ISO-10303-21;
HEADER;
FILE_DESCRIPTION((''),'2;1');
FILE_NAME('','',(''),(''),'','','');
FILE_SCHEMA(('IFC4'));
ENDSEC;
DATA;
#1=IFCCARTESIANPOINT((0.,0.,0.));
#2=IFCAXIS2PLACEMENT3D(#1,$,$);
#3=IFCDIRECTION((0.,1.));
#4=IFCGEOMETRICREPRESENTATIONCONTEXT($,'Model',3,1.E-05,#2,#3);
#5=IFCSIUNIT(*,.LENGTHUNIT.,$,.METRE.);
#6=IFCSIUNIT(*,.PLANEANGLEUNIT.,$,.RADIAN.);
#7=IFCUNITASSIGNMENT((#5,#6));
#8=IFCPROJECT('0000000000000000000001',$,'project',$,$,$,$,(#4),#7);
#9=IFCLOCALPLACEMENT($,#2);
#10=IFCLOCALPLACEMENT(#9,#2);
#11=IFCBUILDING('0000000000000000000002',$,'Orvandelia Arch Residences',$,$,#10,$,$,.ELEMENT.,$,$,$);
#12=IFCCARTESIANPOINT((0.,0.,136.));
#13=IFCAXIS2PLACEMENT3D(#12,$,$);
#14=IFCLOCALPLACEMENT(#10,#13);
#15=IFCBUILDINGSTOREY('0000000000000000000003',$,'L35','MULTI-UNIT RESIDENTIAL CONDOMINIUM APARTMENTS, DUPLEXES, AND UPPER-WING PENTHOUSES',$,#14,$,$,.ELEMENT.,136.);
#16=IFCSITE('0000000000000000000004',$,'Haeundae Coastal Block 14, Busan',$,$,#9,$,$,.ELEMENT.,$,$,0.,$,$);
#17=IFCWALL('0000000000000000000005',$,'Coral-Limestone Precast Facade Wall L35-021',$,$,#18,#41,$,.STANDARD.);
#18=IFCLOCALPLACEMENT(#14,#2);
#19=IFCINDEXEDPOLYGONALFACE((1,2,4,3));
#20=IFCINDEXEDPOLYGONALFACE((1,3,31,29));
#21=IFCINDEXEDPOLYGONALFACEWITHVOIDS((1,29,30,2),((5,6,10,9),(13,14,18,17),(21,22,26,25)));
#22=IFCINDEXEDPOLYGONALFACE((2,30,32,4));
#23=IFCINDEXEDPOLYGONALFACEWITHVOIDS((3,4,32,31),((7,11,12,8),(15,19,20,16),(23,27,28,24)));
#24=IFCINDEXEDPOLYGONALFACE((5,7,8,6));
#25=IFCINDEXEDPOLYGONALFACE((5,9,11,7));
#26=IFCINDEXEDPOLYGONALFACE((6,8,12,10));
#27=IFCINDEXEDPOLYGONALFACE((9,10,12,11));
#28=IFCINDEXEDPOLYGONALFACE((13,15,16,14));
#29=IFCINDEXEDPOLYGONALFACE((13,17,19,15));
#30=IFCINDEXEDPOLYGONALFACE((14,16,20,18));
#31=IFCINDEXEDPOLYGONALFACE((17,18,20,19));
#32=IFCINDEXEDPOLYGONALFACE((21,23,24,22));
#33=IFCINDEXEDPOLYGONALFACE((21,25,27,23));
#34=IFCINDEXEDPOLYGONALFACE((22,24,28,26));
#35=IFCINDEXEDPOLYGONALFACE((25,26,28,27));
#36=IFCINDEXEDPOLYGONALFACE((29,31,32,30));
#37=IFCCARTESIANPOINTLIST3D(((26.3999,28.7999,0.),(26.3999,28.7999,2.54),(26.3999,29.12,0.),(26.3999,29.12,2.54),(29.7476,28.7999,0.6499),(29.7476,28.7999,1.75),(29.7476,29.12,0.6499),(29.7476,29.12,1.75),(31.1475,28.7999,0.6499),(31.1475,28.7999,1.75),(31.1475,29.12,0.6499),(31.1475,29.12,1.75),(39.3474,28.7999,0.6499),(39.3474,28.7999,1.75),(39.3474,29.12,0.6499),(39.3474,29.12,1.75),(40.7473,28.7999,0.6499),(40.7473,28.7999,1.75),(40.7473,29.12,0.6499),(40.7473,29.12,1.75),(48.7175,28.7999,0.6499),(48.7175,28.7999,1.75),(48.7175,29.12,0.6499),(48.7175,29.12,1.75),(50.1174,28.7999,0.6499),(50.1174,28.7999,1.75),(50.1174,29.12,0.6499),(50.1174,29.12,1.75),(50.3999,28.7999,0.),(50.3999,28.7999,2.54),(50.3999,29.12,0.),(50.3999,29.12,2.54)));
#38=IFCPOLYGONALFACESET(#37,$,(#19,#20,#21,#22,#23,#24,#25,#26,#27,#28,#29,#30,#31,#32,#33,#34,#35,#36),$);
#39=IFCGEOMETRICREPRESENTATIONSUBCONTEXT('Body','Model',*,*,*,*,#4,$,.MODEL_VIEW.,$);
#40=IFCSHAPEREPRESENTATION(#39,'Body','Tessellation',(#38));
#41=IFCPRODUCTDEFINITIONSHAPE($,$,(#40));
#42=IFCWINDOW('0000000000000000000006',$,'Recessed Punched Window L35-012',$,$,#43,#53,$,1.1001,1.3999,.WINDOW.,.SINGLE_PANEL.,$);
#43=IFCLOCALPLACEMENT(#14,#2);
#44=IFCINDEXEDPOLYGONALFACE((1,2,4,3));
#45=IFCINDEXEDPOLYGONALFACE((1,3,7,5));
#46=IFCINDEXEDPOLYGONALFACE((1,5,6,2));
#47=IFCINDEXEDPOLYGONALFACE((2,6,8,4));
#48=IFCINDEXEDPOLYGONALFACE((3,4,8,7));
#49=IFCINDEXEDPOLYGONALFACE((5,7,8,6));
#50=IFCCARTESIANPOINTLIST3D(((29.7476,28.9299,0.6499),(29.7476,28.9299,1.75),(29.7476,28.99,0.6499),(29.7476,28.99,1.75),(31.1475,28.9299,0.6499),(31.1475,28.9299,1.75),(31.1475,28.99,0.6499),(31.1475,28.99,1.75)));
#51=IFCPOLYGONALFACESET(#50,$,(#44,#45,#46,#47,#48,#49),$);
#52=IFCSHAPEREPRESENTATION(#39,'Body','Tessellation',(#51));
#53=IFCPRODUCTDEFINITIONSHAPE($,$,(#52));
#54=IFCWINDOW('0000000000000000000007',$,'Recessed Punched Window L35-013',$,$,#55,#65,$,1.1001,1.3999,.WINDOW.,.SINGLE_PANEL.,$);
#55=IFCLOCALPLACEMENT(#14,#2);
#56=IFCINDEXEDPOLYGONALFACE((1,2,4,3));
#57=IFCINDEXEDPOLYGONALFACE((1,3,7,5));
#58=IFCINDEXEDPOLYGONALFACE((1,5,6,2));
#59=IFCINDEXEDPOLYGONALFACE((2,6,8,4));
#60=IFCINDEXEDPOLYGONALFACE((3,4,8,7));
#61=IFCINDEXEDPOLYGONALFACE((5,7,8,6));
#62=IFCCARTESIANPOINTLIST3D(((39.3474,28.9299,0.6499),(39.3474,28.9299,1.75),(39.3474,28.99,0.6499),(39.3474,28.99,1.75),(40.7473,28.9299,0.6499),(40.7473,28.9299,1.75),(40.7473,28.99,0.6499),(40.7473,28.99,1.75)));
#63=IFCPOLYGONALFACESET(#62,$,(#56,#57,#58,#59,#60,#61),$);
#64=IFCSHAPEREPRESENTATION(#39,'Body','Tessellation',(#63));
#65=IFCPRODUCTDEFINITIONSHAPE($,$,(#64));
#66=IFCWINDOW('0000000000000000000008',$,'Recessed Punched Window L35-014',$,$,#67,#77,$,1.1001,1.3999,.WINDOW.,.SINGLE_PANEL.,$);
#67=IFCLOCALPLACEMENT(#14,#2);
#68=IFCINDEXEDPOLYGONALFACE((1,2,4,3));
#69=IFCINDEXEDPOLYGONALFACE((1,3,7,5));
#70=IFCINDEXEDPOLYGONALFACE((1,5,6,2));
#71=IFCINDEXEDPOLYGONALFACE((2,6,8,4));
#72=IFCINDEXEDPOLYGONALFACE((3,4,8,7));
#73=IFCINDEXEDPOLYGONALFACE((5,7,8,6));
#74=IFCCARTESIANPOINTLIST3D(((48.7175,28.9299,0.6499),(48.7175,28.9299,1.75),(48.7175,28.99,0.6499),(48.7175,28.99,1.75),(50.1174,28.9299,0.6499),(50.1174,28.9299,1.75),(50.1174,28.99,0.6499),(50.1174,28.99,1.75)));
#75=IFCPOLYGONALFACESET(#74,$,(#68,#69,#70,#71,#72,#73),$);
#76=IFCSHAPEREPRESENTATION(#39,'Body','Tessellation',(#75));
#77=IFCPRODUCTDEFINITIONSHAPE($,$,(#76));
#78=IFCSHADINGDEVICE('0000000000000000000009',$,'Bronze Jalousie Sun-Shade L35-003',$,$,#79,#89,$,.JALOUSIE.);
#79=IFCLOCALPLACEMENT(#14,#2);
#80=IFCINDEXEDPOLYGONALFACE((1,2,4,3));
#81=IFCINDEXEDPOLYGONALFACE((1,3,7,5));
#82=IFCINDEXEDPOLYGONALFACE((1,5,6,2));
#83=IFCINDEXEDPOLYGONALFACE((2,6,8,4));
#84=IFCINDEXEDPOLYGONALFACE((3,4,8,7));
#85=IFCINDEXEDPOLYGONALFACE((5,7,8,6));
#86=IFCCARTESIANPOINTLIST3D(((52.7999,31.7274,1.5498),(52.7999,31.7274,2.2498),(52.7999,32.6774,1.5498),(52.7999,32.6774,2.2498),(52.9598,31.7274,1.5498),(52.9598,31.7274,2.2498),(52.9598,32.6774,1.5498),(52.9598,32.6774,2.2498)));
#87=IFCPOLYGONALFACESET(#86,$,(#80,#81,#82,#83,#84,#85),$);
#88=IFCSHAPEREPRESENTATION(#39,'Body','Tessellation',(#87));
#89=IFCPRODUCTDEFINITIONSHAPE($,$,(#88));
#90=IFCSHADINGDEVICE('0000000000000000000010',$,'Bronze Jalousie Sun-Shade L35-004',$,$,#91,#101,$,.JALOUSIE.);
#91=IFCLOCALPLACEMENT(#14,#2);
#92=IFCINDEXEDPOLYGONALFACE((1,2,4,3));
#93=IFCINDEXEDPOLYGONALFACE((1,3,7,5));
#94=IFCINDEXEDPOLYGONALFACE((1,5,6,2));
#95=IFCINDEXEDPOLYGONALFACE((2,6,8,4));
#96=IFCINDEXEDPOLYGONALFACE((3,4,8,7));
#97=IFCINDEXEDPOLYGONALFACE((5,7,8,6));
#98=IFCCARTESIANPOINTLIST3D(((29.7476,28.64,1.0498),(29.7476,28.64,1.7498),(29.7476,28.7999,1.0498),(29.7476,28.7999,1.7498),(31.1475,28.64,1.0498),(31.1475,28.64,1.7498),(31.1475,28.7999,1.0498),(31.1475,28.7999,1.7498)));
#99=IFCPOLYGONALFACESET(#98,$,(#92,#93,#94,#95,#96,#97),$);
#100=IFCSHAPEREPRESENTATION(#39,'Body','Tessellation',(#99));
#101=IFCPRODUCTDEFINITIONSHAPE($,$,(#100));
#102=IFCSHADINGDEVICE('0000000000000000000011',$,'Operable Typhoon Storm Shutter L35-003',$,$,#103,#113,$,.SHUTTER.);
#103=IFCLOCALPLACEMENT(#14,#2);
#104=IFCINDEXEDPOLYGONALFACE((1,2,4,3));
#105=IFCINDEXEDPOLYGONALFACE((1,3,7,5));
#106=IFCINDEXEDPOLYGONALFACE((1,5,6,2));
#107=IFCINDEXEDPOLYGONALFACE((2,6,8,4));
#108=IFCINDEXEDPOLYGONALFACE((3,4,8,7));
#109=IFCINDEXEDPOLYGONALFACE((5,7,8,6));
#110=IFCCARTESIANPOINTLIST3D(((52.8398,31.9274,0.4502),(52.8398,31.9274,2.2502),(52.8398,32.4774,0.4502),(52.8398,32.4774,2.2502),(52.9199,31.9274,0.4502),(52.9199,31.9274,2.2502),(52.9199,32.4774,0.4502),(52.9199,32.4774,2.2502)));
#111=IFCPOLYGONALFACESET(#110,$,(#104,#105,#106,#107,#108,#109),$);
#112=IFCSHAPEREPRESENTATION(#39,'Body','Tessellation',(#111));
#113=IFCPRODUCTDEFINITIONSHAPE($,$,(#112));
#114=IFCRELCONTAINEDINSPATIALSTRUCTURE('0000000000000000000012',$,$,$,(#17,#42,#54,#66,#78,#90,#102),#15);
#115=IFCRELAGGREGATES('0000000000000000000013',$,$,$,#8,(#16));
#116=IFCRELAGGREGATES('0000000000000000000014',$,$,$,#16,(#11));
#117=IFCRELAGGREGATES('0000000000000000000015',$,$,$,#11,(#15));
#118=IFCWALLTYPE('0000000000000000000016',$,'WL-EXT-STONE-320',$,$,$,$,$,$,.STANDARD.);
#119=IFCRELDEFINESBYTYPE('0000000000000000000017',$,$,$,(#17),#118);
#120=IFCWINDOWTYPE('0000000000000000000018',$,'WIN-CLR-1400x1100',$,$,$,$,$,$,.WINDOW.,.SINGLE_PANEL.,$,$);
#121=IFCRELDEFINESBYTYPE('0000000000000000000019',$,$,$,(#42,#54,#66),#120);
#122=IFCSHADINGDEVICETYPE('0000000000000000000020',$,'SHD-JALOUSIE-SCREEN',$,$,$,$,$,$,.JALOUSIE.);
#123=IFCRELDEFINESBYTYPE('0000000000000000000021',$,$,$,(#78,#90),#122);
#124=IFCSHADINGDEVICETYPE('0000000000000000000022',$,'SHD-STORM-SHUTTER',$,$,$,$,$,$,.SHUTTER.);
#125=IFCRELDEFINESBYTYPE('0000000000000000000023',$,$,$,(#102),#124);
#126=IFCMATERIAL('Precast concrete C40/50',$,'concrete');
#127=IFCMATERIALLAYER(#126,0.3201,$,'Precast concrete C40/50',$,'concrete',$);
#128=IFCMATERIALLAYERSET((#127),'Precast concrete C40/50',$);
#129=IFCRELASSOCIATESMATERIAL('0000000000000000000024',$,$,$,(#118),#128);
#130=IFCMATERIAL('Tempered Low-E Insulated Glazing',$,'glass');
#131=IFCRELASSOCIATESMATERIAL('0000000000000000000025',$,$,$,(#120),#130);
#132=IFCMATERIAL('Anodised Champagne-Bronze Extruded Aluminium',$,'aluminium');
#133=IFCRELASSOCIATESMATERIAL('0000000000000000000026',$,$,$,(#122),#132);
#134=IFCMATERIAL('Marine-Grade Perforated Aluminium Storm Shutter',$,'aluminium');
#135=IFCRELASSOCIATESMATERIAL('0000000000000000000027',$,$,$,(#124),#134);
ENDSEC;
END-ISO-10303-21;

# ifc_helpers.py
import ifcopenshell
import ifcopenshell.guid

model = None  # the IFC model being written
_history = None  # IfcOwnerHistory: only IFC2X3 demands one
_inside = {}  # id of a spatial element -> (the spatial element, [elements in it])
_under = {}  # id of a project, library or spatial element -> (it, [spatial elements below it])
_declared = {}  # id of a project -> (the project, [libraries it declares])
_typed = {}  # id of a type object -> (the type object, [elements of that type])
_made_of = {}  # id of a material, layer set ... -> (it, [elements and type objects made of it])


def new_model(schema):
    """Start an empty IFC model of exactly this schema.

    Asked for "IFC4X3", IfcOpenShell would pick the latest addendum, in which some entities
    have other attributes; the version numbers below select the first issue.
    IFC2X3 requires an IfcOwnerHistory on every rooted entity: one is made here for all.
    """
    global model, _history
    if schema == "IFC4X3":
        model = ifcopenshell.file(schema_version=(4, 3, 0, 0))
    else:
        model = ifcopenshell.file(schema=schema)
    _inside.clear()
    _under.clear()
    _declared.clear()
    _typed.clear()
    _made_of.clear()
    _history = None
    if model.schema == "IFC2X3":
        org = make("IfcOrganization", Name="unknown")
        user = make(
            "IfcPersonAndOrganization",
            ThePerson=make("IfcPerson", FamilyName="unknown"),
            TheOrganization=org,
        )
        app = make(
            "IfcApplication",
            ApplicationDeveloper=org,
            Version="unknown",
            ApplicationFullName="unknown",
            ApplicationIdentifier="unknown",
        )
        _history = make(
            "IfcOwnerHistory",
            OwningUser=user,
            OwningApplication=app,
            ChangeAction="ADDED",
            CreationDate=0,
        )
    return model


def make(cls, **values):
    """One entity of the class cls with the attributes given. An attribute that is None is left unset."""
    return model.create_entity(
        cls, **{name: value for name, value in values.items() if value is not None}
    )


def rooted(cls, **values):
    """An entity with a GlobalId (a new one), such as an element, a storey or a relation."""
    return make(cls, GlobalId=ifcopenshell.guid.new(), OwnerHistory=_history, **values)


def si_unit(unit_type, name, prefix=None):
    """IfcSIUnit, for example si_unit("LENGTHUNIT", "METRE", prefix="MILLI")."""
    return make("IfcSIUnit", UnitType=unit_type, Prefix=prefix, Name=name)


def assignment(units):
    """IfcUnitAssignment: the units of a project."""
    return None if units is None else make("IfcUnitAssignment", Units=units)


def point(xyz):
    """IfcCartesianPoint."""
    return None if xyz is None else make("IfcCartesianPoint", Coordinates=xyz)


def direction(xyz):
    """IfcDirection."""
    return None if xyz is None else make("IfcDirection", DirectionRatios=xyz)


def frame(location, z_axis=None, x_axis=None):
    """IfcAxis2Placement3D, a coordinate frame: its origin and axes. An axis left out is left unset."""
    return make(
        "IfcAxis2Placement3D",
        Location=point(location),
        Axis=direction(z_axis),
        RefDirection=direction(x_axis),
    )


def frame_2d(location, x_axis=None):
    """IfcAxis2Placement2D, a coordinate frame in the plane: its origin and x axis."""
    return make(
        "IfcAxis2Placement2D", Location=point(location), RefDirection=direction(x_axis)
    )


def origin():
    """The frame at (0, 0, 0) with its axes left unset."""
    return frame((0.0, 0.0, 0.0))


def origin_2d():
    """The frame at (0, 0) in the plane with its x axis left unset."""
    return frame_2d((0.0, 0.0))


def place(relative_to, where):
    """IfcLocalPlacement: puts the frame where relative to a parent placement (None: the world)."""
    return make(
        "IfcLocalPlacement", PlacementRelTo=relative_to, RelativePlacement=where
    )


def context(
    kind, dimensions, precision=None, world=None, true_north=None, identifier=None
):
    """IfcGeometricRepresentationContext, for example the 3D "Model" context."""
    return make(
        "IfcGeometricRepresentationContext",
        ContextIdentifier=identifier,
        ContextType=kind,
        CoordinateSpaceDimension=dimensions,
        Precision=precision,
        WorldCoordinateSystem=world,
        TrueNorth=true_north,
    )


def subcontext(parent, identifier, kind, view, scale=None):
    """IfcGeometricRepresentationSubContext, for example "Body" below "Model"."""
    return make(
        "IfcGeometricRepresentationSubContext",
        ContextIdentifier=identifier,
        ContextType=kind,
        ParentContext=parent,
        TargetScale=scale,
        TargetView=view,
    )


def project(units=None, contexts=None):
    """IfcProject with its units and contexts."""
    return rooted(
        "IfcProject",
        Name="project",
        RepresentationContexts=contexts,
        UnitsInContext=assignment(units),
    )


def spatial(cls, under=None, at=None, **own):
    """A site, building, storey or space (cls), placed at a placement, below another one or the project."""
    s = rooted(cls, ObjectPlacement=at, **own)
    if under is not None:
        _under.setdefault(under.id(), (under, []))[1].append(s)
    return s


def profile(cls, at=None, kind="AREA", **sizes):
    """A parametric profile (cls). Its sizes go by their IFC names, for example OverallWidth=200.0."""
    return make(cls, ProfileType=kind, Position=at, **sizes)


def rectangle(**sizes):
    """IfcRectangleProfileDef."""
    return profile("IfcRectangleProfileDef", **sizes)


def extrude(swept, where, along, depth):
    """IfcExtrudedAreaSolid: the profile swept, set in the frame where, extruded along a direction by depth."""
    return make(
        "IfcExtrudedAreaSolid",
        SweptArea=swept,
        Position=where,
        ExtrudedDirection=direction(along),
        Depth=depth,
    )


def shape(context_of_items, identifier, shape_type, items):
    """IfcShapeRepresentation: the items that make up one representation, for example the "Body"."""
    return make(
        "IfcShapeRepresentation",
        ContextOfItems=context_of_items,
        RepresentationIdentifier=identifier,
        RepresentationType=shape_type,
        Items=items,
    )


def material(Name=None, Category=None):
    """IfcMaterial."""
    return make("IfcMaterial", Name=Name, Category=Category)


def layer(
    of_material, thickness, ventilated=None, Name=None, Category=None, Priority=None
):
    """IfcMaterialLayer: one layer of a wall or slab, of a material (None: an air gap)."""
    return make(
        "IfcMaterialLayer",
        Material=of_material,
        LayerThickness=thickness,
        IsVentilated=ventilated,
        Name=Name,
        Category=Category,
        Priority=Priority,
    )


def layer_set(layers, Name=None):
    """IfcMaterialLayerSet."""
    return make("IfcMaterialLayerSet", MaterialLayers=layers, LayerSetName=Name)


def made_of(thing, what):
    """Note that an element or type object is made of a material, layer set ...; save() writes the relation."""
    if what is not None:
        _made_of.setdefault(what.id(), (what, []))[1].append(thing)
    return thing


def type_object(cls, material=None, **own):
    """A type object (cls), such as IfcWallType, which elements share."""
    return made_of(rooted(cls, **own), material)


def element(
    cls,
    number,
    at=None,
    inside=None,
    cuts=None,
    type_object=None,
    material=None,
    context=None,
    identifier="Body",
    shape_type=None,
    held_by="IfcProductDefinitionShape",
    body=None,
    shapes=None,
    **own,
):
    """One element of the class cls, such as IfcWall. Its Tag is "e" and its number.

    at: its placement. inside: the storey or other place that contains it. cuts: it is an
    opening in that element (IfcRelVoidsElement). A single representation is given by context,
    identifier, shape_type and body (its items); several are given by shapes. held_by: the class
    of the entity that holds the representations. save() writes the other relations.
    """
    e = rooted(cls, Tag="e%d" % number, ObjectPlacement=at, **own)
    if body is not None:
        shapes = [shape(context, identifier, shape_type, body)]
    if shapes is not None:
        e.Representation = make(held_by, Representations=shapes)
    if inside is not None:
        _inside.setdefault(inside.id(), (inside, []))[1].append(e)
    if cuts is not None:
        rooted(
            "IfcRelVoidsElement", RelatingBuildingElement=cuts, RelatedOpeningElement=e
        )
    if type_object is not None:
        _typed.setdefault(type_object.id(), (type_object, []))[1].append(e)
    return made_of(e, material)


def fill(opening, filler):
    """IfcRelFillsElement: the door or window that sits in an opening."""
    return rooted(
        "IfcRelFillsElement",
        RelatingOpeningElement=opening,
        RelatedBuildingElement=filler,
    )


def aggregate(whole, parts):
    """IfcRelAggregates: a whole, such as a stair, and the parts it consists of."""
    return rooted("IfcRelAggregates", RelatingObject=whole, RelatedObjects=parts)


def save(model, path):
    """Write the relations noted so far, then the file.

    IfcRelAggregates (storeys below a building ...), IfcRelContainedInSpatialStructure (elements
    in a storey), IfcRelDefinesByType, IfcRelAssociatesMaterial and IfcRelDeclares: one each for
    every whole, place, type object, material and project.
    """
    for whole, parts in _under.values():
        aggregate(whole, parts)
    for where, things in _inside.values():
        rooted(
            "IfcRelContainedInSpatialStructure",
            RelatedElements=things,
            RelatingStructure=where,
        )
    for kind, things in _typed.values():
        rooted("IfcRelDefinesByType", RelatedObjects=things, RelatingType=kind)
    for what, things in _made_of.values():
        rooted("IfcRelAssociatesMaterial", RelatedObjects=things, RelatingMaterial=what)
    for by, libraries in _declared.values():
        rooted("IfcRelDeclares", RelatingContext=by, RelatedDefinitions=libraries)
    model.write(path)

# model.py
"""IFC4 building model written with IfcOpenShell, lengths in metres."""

from ifc_helpers import new_model, si_unit, direction, frame, frame_2d, origin, origin_2d, place, context, subcontext, project, spatial, rectangle, extrude, material, layer, layer_set, type_object, element, fill, save


model = new_model("IFC4")

# Units and contexts
model_context = context("Model", 3, precision=1e-05, world=origin(), true_north=direction((0.0, 1.0)))
body_context = subcontext(model_context, "Body", "Model", "MODEL_VIEW")
ifc_project = project(units=[si_unit("LENGTHUNIT", "METRE"), si_unit("PLANEANGLEUNIT", "RADIAN")], contexts=[model_context])

# Site, building, storey
site_placement = place(None, origin())
site = spatial("IfcSite", under=ifc_project, at=site_placement, Name="Haeundae Coastal Block 14, Busan", CompositionType="ELEMENT", RefElevation=0.0)
building_placement = place(site_placement, origin())
building = spatial("IfcBuilding", under=site, at=building_placement, Name="Orvandelia Arch Residences", CompositionType="ELEMENT")
storey_placement = place(building_placement, frame((0.0, 0.0, 136.0)))
storey = spatial("IfcBuildingStorey", under=building, at=storey_placement, Name="L35", Description="MULTI-UNIT RESIDENTIAL CONDOMINIUM APARTMENTS, DUPLEXES, AND UPPER-WING PENTHOUSES", CompositionType="ELEMENT", Elevation=136.0)

# Shared definitions
ifc_material_1 = material(Name="Precast concrete C40/50", Category="concrete")
ifc_layer_1 = layer(ifc_material_1, 0.3201, Name="Precast concrete C40/50", Category="concrete")
ifc_layer_set_1 = layer_set([ifc_layer_1], Name="Precast concrete C40/50")
wall_type_1 = type_object("IfcWallType", Name="WL-EXT-STONE-320", PredefinedType="STANDARD", material=ifc_layer_set_1)

# Wall, openings, windows
wall_1_placement = place(storey_placement, frame((50.3999, 28.96, 0.0), z_axis=(0.0, 0.0, 1.0), x_axis=(-1.0, 0.0, 0.0)))
wall_1 = element("IfcWall", 1, at=wall_1_placement, inside=storey, type_object=wall_type_1, Name="Coral-Limestone Precast Facade Wall L35-021", PredefinedType="STANDARD", context=body_context, shape_type="SweptSolid", body=[
    extrude(rectangle(XDim=24.0, YDim=0.3201, at=frame_2d((12.0, 0.0))), origin(), (0.0, 0.0, 1.0), 2.54),
])
opening_1_placement = place(wall_1_placement, frame((19.2524, 0.0, 0.6499)))
opening_1 = element("IfcOpeningElement", 2, at=opening_1_placement, cuts=wall_1, PredefinedType="OPENING", context=body_context, shape_type="SweptSolid", body=[
    extrude(rectangle(XDim=1.3999, YDim=1.1001, at=frame_2d((0.7, 0.55))), frame((0.0, 0.1699, 0.0), z_axis=(0.0, -1.0, 0.0), x_axis=(1.0, 0.0, 0.0)), (0.0, 0.0, 1.0), 0.3401),
])
opening_2_placement = place(wall_1_placement, frame((9.6526, 0.0, 0.6499)))
opening_2 = element("IfcOpeningElement", 3, at=opening_2_placement, cuts=wall_1, PredefinedType="OPENING", context=body_context, shape_type="SweptSolid", body=[
    extrude(rectangle(XDim=1.3999, YDim=1.1001, at=frame_2d((0.7, 0.55))), frame((0.0, 0.1699, 0.0), z_axis=(0.0, -1.0, 0.0), x_axis=(1.0, 0.0, 0.0)), (0.0, 0.0, 1.0), 0.3401),
])
opening_3_placement = place(wall_1_placement, frame((0.2825, 0.0, 0.6499)))
opening_3 = element("IfcOpeningElement", 4, at=opening_3_placement, cuts=wall_1, PredefinedType="OPENING", context=body_context, shape_type="SweptSolid", body=[
    extrude(rectangle(XDim=1.3999, YDim=1.1001, at=frame_2d((0.7, 0.55))), frame((0.0, 0.1699, 0.0), z_axis=(0.0, -1.0, 0.0), x_axis=(1.0, 0.0, 0.0)), (0.0, 0.0, 1.0), 0.3401),
])
ifc_material_2 = material(Name="Tempered Low-E Insulated Glazing", Category="glass")
window_type = type_object("IfcWindowType", Name="WIN-CLR-1400x1100", PartitioningType="SINGLE_PANEL", PredefinedType="WINDOW", material=ifc_material_2)
window_1_placement = place(opening_1_placement, origin())
window_1 = element("IfcWindow", 5, at=window_1_placement, inside=storey, type_object=window_type, Name="Recessed Punched Window L35-012", OverallHeight=1.1001, OverallWidth=1.3999, PartitioningType="SINGLE_PANEL", PredefinedType="WINDOW", context=body_context, shape_type="SweptSolid", body=[
    extrude(rectangle(XDim=1.3999, YDim=1.1001, at=frame_2d((0.7, 0.55))), frame((0.0, 0.03, 0.0), z_axis=(0.0, -1.0, 0.0), x_axis=(1.0, 0.0, 0.0)), (0.0, 0.0, 1.0), 0.0601),
])
fill(opening_1, window_1)
window_2_placement = place(opening_2_placement, origin())
window_2 = element("IfcWindow", 6, at=window_2_placement, inside=storey, type_object=window_type, Name="Recessed Punched Window L35-013", OverallHeight=1.1001, OverallWidth=1.3999, PartitioningType="SINGLE_PANEL", PredefinedType="WINDOW", context=body_context, shape_type="SweptSolid", body=[
    extrude(rectangle(XDim=1.3999, YDim=1.1001, at=frame_2d((0.7, 0.55))), frame((0.0, 0.03, 0.0), z_axis=(0.0, -1.0, 0.0), x_axis=(1.0, 0.0, 0.0)), (0.0, 0.0, 1.0), 0.0601),
])
fill(opening_2, window_2)
window_3_placement = place(opening_3_placement, origin())
window_3 = element("IfcWindow", 7, at=window_3_placement, inside=storey, type_object=window_type, Name="Recessed Punched Window L35-014", OverallHeight=1.1001, OverallWidth=1.3999, PartitioningType="SINGLE_PANEL", PredefinedType="WINDOW", context=body_context, shape_type="SweptSolid", body=[
    extrude(rectangle(XDim=1.3999, YDim=1.1001, at=frame_2d((0.7, 0.55))), frame((0.0, 0.03, 0.0), z_axis=(0.0, -1.0, 0.0), x_axis=(1.0, 0.0, 0.0)), (0.0, 0.0, 1.0), 0.0601),
])
fill(opening_3, window_3)

# Shading devices
ifc_material_3 = material(Name="Anodised Champagne-Bronze Extruded Aluminium", Category="aluminium")
shading_device_type_1 = type_object("IfcShadingDeviceType", Name="SHD-JALOUSIE-SCREEN", PredefinedType="JALOUSIE", material=ifc_material_3)
shading_device_1_placement = place(storey_placement, frame((52.8799, 32.2024, 1.5498), z_axis=(0.0, 0.0, 1.0), x_axis=(0.0, -1.0, 0.0)))
element("IfcShadingDevice", 8, at=shading_device_1_placement, inside=storey, type_object=shading_device_type_1, Name="Bronze Jalousie Sun-Shade L35-003", PredefinedType="JALOUSIE", context=body_context, shape_type="SweptSolid", body=[
    extrude(rectangle(XDim=0.95, YDim=0.1599, at=origin_2d()), origin(), (0.0, 0.0, 1.0), 0.7),
])
shading_device_2_placement = place(storey_placement, frame((30.4475, 28.72, 1.0498), z_axis=(0.0, 0.0, 1.0), x_axis=(-1.0, 0.0, 0.0)))
element("IfcShadingDevice", 9, at=shading_device_2_placement, inside=storey, type_object=shading_device_type_1, Name="Bronze Jalousie Sun-Shade L35-004", PredefinedType="JALOUSIE", context=body_context, shape_type="SweptSolid", body=[
    extrude(rectangle(XDim=1.3999, YDim=0.1599, at=origin_2d()), origin(), (0.0, 0.0, 1.0), 0.7),
])
ifc_material_4 = material(Name="Marine-Grade Perforated Aluminium Storm Shutter", Category="aluminium")
shading_device_type_2 = type_object("IfcShadingDeviceType", Name="SHD-STORM-SHUTTER", PredefinedType="SHUTTER", material=ifc_material_4)
shading_device_3_placement = place(storey_placement, frame((52.8799, 32.2024, 0.4502), z_axis=(0.0, 0.0, 1.0), x_axis=(0.0, -1.0, 0.0)))
element("IfcShadingDevice", 10, at=shading_device_3_placement, inside=storey, type_object=shading_device_type_2, Name="Operable Typhoon Storm Shutter L35-003", PredefinedType="SHUTTER", context=body_context, shape_type="SweptSolid", body=[
    extrude(rectangle(XDim=0.55, YDim=0.0801, at=origin_2d()), origin(), (0.0, 0.0, 1.0), 1.8),
])

save(model, "model.ifc")
